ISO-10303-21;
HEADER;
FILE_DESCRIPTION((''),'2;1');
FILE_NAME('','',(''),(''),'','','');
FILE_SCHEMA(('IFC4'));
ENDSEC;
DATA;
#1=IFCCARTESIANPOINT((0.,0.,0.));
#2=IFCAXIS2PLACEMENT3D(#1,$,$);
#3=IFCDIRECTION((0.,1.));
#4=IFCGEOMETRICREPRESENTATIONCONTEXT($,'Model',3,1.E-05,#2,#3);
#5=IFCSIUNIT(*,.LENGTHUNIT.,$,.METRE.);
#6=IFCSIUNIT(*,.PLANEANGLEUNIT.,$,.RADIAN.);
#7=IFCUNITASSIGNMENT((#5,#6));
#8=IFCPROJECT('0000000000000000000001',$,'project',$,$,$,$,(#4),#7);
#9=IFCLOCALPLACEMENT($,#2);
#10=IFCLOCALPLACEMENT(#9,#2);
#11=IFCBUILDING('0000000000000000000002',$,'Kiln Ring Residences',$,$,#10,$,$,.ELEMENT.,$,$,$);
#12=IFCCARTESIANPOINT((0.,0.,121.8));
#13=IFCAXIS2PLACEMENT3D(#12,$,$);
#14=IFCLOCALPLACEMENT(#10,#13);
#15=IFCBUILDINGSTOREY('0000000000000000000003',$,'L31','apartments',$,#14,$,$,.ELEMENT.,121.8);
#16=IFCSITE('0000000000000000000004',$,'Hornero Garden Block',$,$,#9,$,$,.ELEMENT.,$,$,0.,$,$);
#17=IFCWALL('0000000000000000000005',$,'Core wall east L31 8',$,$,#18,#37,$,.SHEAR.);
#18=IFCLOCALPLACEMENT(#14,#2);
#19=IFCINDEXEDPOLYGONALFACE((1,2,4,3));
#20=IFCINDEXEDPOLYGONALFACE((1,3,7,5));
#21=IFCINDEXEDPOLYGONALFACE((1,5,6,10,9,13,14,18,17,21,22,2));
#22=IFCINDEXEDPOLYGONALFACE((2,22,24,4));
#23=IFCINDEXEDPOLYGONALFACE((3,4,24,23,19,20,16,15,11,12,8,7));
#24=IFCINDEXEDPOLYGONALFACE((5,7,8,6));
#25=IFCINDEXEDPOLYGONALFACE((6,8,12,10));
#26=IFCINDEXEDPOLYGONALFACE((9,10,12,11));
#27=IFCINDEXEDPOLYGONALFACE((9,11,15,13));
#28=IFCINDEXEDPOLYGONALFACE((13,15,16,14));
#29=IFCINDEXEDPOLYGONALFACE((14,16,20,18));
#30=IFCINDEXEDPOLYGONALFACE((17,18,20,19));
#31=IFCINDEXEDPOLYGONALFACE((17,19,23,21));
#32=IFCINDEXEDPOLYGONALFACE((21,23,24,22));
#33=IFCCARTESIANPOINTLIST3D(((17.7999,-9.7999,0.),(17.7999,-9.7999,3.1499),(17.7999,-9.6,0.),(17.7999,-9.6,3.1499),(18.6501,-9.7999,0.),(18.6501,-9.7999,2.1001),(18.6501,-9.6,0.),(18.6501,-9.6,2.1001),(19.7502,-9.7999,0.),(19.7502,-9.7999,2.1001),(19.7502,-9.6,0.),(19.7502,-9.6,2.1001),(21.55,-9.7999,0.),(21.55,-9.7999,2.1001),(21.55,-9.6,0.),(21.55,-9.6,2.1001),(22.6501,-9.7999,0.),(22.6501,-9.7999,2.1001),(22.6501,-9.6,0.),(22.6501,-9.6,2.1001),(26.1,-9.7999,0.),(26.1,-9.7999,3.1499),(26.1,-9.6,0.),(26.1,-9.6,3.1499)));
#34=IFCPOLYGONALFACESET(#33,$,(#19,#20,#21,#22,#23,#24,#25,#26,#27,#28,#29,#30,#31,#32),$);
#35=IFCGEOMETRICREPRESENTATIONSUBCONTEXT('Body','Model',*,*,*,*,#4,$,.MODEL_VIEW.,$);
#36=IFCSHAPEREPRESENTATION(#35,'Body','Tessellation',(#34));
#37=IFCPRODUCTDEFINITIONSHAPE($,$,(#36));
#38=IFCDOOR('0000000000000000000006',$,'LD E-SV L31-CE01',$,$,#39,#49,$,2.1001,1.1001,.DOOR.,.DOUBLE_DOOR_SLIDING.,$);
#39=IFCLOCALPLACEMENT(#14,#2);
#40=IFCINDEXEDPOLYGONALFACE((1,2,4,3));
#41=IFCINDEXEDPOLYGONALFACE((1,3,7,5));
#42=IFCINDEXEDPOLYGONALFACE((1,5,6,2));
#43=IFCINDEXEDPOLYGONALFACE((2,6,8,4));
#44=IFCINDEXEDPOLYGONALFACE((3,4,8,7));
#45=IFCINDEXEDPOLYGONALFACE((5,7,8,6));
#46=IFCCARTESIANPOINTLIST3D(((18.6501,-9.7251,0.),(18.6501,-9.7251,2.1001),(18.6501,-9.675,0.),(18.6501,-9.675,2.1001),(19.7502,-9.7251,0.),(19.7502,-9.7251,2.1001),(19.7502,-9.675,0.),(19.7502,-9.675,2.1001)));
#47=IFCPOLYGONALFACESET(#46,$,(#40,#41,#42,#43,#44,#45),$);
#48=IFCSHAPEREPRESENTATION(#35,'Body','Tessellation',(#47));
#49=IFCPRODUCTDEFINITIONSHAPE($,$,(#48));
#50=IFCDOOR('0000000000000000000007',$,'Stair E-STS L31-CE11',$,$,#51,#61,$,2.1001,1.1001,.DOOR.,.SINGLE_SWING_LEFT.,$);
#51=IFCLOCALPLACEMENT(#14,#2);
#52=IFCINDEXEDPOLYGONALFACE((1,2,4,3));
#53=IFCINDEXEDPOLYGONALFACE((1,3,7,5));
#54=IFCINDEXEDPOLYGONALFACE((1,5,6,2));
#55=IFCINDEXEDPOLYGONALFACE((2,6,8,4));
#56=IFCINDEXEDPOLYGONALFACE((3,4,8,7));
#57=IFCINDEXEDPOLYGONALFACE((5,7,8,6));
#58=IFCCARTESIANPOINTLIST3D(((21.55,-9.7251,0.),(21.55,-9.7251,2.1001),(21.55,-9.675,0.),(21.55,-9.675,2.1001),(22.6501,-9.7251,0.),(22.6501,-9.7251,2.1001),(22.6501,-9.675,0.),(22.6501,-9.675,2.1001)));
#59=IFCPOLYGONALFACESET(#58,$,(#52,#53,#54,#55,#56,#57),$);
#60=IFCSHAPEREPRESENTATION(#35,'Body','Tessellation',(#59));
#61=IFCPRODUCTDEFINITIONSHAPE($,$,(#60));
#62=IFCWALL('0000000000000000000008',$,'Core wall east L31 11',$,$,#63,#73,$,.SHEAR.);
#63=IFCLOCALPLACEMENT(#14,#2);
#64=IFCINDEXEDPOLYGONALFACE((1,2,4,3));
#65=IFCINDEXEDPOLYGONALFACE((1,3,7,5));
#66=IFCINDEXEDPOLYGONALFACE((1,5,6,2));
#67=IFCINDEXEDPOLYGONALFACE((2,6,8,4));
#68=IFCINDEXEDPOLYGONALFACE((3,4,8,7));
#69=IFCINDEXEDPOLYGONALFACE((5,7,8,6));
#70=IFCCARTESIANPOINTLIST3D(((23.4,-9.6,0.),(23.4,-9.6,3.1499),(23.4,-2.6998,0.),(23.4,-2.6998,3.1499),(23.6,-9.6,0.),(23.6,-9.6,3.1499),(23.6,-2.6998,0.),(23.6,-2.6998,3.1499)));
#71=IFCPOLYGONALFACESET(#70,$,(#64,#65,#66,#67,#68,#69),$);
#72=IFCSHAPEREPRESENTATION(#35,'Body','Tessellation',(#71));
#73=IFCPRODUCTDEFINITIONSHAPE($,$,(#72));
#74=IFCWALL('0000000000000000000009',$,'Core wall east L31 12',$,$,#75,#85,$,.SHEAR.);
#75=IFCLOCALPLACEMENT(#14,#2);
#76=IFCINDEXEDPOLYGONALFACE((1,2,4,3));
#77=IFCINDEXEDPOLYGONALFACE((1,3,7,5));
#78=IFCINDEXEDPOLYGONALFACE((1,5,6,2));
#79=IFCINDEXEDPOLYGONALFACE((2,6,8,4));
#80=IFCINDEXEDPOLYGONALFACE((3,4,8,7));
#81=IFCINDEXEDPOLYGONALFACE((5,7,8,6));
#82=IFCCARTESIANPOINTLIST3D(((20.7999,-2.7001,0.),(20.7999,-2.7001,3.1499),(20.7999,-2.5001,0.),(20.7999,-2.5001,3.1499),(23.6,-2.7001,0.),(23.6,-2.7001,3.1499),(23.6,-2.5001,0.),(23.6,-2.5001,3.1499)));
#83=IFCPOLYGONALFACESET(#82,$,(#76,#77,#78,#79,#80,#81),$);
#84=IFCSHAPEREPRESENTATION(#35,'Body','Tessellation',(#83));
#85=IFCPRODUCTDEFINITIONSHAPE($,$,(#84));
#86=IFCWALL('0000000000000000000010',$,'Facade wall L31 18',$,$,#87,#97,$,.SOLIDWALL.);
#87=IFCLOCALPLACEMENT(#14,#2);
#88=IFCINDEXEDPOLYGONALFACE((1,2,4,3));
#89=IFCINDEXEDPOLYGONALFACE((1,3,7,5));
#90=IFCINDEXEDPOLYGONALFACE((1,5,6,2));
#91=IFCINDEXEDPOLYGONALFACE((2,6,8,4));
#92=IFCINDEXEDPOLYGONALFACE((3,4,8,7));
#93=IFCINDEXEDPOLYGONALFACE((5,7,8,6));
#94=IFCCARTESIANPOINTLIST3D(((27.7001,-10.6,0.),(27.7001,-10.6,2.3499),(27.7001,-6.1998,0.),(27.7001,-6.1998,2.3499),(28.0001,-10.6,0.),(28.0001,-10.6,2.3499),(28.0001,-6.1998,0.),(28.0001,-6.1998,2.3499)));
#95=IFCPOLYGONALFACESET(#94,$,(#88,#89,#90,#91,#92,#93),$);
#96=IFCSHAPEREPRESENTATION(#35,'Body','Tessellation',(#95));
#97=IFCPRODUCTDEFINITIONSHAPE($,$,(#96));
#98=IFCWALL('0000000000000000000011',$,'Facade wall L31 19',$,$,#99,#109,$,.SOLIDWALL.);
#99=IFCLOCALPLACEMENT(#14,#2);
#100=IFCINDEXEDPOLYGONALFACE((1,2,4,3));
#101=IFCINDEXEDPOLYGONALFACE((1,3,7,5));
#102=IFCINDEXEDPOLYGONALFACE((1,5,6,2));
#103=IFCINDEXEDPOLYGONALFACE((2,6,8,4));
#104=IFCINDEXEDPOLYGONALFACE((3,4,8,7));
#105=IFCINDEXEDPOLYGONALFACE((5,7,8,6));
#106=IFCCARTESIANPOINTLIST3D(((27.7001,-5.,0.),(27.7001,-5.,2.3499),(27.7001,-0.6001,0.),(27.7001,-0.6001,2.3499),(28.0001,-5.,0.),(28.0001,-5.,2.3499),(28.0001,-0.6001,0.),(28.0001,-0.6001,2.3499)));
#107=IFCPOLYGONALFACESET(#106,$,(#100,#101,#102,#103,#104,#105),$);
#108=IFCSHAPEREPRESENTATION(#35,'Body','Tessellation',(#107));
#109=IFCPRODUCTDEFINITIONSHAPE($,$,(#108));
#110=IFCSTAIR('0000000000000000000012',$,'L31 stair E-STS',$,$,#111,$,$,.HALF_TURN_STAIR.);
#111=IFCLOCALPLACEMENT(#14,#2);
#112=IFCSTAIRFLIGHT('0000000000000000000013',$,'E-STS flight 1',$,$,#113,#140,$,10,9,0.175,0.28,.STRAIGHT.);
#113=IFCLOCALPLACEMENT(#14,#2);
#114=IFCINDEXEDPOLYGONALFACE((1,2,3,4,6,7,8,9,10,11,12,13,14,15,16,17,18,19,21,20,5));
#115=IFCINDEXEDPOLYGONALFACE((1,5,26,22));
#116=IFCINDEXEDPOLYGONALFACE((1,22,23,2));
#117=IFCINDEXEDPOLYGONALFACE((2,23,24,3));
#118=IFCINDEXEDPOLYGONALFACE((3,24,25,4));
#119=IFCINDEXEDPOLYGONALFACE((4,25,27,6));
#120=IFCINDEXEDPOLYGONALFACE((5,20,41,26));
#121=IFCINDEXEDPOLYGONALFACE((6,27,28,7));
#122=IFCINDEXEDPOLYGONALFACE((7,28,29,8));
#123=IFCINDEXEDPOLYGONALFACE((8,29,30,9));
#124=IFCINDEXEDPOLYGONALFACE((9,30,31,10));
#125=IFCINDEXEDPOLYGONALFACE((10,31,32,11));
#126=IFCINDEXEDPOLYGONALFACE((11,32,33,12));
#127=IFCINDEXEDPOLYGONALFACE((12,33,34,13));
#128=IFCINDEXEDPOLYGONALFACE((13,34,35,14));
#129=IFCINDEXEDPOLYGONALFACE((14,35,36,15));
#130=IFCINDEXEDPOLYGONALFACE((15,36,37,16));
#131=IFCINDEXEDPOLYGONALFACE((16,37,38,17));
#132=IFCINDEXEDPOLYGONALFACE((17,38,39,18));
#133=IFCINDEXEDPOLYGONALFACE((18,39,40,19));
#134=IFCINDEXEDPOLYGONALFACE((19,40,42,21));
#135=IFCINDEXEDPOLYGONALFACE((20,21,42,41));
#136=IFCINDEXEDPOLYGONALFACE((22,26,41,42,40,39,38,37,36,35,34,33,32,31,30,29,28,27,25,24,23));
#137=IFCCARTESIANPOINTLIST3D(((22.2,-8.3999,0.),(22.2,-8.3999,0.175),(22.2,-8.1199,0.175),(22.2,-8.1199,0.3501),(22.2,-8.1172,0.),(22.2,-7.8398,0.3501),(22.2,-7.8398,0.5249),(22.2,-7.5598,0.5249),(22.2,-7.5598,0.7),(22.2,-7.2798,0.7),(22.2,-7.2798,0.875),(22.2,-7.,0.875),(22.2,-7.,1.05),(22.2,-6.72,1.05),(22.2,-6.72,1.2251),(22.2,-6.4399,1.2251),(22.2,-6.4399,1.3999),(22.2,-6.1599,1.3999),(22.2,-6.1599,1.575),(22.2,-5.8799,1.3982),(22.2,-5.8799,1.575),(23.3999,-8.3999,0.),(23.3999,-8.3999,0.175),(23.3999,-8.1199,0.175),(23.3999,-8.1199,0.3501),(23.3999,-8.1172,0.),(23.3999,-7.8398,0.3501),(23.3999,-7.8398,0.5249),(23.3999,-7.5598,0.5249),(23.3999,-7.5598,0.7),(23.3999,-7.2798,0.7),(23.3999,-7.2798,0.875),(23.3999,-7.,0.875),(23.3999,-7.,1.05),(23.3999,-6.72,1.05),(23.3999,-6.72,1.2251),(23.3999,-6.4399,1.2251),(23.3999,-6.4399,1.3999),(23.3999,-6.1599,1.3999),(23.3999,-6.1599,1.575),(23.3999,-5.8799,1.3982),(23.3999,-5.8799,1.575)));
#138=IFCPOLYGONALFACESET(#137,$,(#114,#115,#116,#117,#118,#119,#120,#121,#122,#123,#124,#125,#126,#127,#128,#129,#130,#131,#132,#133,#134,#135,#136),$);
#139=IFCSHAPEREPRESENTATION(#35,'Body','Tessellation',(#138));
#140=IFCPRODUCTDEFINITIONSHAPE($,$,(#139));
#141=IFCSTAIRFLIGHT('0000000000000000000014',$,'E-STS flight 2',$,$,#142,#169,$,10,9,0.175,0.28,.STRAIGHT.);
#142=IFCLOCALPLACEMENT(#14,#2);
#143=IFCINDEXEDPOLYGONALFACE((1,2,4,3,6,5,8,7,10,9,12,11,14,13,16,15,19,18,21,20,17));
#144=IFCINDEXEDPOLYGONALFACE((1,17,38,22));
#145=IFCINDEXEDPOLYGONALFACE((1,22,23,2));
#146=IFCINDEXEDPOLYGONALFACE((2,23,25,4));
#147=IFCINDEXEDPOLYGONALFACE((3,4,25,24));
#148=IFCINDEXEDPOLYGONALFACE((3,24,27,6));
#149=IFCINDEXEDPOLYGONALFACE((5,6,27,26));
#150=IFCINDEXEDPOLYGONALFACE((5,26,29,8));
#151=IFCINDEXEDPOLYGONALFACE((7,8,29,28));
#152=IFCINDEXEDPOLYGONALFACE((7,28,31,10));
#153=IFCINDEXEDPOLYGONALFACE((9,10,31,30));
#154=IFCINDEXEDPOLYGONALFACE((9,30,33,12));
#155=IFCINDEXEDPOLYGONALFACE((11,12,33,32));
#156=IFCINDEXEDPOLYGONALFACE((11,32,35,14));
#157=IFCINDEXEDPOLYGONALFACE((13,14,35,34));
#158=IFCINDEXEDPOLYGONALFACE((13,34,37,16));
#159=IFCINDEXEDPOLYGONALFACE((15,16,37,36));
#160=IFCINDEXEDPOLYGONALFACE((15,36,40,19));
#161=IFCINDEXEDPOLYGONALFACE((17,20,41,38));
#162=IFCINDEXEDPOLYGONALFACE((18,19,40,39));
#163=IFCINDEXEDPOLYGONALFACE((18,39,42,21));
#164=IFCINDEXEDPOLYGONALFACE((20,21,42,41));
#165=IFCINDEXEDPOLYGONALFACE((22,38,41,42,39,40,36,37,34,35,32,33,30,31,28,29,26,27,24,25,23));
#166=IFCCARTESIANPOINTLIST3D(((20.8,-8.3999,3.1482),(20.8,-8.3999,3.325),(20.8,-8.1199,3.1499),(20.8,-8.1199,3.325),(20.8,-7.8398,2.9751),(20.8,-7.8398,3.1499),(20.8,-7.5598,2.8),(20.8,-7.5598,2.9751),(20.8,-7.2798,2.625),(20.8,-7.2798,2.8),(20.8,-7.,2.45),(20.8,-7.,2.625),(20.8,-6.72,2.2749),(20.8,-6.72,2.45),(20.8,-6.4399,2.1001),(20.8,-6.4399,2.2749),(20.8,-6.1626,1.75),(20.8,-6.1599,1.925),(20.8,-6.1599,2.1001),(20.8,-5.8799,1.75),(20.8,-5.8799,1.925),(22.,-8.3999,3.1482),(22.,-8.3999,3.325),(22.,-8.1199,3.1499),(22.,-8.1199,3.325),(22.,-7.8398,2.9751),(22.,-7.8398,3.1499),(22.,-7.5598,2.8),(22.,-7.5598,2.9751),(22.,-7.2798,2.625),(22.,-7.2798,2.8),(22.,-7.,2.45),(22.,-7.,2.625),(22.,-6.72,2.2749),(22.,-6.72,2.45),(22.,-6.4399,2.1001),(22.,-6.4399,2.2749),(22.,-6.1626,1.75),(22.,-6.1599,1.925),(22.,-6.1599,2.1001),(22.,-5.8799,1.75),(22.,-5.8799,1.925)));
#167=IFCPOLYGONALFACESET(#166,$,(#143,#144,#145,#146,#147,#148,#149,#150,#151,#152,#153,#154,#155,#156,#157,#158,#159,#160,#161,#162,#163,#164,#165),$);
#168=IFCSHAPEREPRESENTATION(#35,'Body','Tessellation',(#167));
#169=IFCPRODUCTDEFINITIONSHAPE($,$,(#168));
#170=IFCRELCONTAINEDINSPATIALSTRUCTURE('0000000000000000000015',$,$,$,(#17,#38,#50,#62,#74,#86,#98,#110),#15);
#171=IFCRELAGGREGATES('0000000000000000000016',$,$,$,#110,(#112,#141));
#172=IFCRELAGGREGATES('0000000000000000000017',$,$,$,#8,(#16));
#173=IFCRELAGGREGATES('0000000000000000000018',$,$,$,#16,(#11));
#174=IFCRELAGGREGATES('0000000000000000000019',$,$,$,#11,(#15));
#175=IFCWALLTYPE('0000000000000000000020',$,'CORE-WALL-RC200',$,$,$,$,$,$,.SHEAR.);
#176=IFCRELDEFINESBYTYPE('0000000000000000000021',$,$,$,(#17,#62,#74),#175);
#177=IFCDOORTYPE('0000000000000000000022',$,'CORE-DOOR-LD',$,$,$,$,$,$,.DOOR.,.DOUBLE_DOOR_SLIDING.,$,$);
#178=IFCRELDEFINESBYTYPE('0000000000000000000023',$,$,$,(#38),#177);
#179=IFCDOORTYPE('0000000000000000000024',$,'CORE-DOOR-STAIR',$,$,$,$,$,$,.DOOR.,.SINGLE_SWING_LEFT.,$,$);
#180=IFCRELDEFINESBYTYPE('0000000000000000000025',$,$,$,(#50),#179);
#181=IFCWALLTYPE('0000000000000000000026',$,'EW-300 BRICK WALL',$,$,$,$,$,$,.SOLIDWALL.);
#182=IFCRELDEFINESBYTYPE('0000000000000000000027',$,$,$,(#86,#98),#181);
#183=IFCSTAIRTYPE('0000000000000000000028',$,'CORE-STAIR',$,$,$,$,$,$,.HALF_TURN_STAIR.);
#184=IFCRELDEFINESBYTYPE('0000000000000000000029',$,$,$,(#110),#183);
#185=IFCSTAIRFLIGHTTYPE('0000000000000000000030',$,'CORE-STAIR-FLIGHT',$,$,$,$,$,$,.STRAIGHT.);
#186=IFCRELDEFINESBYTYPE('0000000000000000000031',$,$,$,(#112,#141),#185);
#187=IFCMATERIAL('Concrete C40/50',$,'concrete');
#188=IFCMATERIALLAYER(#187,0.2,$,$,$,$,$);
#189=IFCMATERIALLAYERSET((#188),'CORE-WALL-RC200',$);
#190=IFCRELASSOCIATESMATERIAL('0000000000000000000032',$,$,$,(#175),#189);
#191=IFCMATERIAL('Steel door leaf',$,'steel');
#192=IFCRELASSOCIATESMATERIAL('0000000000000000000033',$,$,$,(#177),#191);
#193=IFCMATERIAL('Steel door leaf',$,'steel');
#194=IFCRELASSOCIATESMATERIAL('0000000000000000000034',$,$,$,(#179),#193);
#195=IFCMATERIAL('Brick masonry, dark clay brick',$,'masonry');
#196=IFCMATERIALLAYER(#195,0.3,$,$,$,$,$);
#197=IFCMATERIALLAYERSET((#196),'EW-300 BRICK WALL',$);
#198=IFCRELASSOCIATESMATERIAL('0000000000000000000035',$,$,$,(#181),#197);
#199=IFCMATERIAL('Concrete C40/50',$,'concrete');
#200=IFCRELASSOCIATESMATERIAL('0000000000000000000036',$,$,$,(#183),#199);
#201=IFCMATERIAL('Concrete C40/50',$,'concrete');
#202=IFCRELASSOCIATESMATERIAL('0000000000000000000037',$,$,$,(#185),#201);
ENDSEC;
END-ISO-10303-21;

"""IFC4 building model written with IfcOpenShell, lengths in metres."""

from ifc_helpers import new_model, si_unit, direction, frame, frame_2d, origin, place, context, subcontext, project, spatial, polyline, rectangle, outline, extrude, material, layer, layer_set, type_object, element, fill, aggregate, save


model = new_model("IFC4")

# Units and contexts
model_context = context("Model", 3, precision=1e-05, world=origin(), true_north=direction((0.0, 1.0)))
body_context = subcontext(model_context, "Body", "Model", "MODEL_VIEW")
ifc_project = project(units=[si_unit("LENGTHUNIT", "METRE"), si_unit("PLANEANGLEUNIT", "RADIAN")], contexts=[model_context])

# Site, building, storey
site_placement = place(None, origin())
site = spatial("IfcSite", under=ifc_project, at=site_placement, Name="Hornero Garden Block", CompositionType="ELEMENT", RefElevation=0.0)
building_placement = place(site_placement, origin())
building = spatial("IfcBuilding", under=site, at=building_placement, Name="Kiln Ring Residences", CompositionType="ELEMENT")
storey_placement = place(building_placement, frame((0.0, 0.0, 121.8)))
storey = spatial("IfcBuildingStorey", under=building, at=storey_placement, Name="L31", Description="apartments", CompositionType="ELEMENT", Elevation=121.8)

# Shared definitions
ifc_material_1 = material(Name="Concrete C40/50", Category="concrete")
ifc_layer_1 = layer(ifc_material_1, 0.2)
ifc_layer_set_1 = layer_set([ifc_layer_1], Name="CORE-WALL-RC200")
wall_type_1 = type_object("IfcWallType", Name="CORE-WALL-RC200", PredefinedType="SHEAR", material=ifc_layer_set_1)

# Wall, openings, doors
wall_1_placement = place(storey_placement, frame((17.8, -9.7, 0.0), z_axis=(0.0, 0.0, 1.0), x_axis=(1.0, 0.0, 0.0)))
wall_1 = element("IfcWall", 1, at=wall_1_placement, inside=storey, type_object=wall_type_1, Name="Core wall east L31 8", PredefinedType="SHEAR", context=body_context, shape_type="SweptSolid", body=[
    extrude(rectangle(XDim=8.3, YDim=0.2, at=frame_2d((4.1499, 0.0))), origin(), (0.0, 0.0, 1.0), 3.1499),
])
opening_1_placement = place(wall_1_placement, frame((0.8501, 0.0, 0.0)))
opening_1 = element("IfcOpeningElement", 2, at=opening_1_placement, cuts=wall_1, PredefinedType="OPENING", context=body_context, shape_type="SweptSolid", body=[
    extrude(rectangle(XDim=1.1001, YDim=2.1001, at=frame_2d((0.55, 1.05))), frame((0.0, 0.1099, 0.0), z_axis=(0.0, -1.0, 0.0), x_axis=(1.0, 0.0, 0.0)), (0.0, 0.0, 1.0), 0.22),
])
opening_2_placement = place(wall_1_placement, frame((3.75, 0.0, 0.0)))
opening_2 = element("IfcOpeningElement", 3, at=opening_2_placement, cuts=wall_1, PredefinedType="OPENING", context=body_context, shape_type="SweptSolid", body=[
    extrude(rectangle(XDim=1.1001, YDim=2.1001, at=frame_2d((0.55, 1.05))), frame((0.0, 0.1099, 0.0), z_axis=(0.0, -1.0, 0.0), x_axis=(1.0, 0.0, 0.0)), (0.0, 0.0, 1.0), 0.22),
])
ifc_material_2 = material(Name="Steel door leaf", Category="steel")
door_type_1 = type_object("IfcDoorType", Name="CORE-DOOR-LD", OperationType="DOUBLE_DOOR_SLIDING", PredefinedType="DOOR", material=ifc_material_2)
door_1_placement = place(opening_1_placement, origin())
door_1 = element("IfcDoor", 4, at=door_1_placement, inside=storey, type_object=door_type_1, Name="LD E-SV L31-CE01", OperationType="DOUBLE_DOOR_SLIDING", OverallHeight=2.1001, OverallWidth=1.1001, PredefinedType="DOOR", context=body_context, shape_type="SweptSolid", body=[
    extrude(rectangle(XDim=1.1001, YDim=2.1001, at=frame_2d((0.55, 1.05))), frame((0.0, 0.0249, 0.0), z_axis=(0.0, -1.0, 0.0), x_axis=(1.0, 0.0, 0.0)), (0.0, 0.0, 1.0), 0.05),
])
fill(opening_1, door_1)
ifc_material_3 = material(Name="Steel door leaf", Category="steel")
door_type_2 = type_object("IfcDoorType", Name="CORE-DOOR-STAIR", OperationType="SINGLE_SWING_LEFT", PredefinedType="DOOR", material=ifc_material_3)
door_2_placement = place(opening_2_placement, origin())
door_2 = element("IfcDoor", 5, at=door_2_placement, inside=storey, type_object=door_type_2, Name="Stair E-STS L31-CE11", OperationType="SINGLE_SWING_LEFT", OverallHeight=2.1001, OverallWidth=1.1001, PredefinedType="DOOR", context=body_context, shape_type="SweptSolid", body=[
    extrude(rectangle(XDim=1.1001, YDim=2.1001, at=frame_2d((0.55, 1.05))), frame((0.0, 0.0249, 0.0), z_axis=(0.0, -1.0, 0.0), x_axis=(1.0, 0.0, 0.0)), (0.0, 0.0, 1.0), 0.05),
])
fill(opening_2, door_2)

# Walls
wall_2_placement = place(storey_placement, frame((23.5, -9.6001, 0.0), z_axis=(0.0, 0.0, 1.0), x_axis=(0.0, 1.0, 0.0)))
element("IfcWall", 6, at=wall_2_placement, inside=storey, type_object=wall_type_1, Name="Core wall east L31 11", PredefinedType="SHEAR", context=body_context, shape_type="SweptSolid", body=[
    extrude(rectangle(XDim=6.9001, YDim=0.2, at=frame_2d((3.4502, 0.0))), origin(), (0.0, 0.0, 1.0), 3.1499),
])
wall_3_placement = place(storey_placement, frame((20.8, -2.6001, 0.0), z_axis=(0.0, 0.0, 1.0), x_axis=(1.0, 0.0, 0.0)))
element("IfcWall", 7, at=wall_3_placement, inside=storey, type_object=wall_type_1, Name="Core wall east L31 12", PredefinedType="SHEAR", context=body_context, shape_type="SweptSolid", body=[
    extrude(rectangle(XDim=2.8, YDim=0.2, at=frame_2d((1.3999, 0.0))), origin(), (0.0, 0.0, 1.0), 3.1499),
])
ifc_material_4 = material(Name="Brick masonry, dark clay brick", Category="masonry")
ifc_layer_2 = layer(ifc_material_4, 0.3)
ifc_layer_set_2 = layer_set([ifc_layer_2], Name="EW-300 BRICK WALL")
wall_type_2 = type_object("IfcWallType", Name="EW-300 BRICK WALL", PredefinedType="SOLIDWALL", material=ifc_layer_set_2)
wall_4_placement = place(storey_placement, frame((27.8501, -10.6001, 0.0), z_axis=(0.0, 0.0, 1.0), x_axis=(0.0, 1.0, 0.0)))
element("IfcWall", 8, at=wall_4_placement, inside=storey, type_object=wall_type_2, Name="Facade wall L31 18", PredefinedType="SOLIDWALL", context=body_context, shape_type="SweptSolid", body=[
    extrude(rectangle(XDim=4.4001, YDim=0.3, at=frame_2d((2.2002, 0.0))), origin(), (0.0, 0.0, 1.0), 2.3499),
])
wall_5_placement = place(storey_placement, frame((27.8501, -5.0, 0.0), z_axis=(0.0, 0.0, 1.0), x_axis=(0.0, 1.0, 0.0)))
element("IfcWall", 9, at=wall_5_placement, inside=storey, type_object=wall_type_2, Name="Facade wall L31 19", PredefinedType="SOLIDWALL", context=body_context, shape_type="SweptSolid", body=[
    extrude(rectangle(XDim=4.3999, YDim=0.3, at=frame_2d((2.2, 0.0))), origin(), (0.0, 0.0, 1.0), 2.3499),
])

# Stair, stair flights
ifc_material_5 = material(Name="Concrete C40/50", Category="concrete")
stair_type = type_object("IfcStairType", Name="CORE-STAIR", PredefinedType="HALF_TURN_STAIR", material=ifc_material_5)
stair_placement = place(storey_placement, origin())
stair = element("IfcStair", 10, at=stair_placement, inside=storey, type_object=stair_type, Name="L31 stair E-STS", PredefinedType="HALF_TURN_STAIR")
ifc_material_6 = material(Name="Concrete C40/50", Category="concrete")
stair_flight_type = type_object("IfcStairFlightType", Name="CORE-STAIR-FLIGHT", PredefinedType="STRAIGHT", material=ifc_material_6)
stair_flight_1_placement = place(storey_placement, frame((22.8, -8.3999, 0.0), z_axis=(0.0, 0.0, 1.0), x_axis=(0.0, 1.0, 0.0)))
stair_flight_1 = element("IfcStairFlight", 11, at=stair_flight_1_placement, type_object=stair_flight_type, Name="E-STS flight 1", NumberOfRisers=10, NumberOfTreads=9, PredefinedType="STRAIGHT", RiserHeight=0.175, TreadLength=0.28, context=body_context, shape_type="SweptSolid", body=[
    extrude(outline(polyline([(0.0, 0.0), (0.0, 0.175), (0.28, 0.175), (0.28, 0.3501), (0.5601, 0.3501), (0.5601, 0.5249), (0.8401, 0.5249), (0.8401, 0.7), (1.1201, 0.7), (1.1201, 0.875), (1.3999, 0.875), (1.3999, 1.05), (1.6799, 1.05), (1.6799, 1.2251), (1.96, 1.2251), (1.96, 1.3999), (2.24, 1.3999), (2.24, 1.575), (2.52, 1.575), (2.52, 1.75), (2.52, 1.3982), (0.2827, 0.0), (0.0, 0.0)])), frame((0.0, 0.6001, 0.0), z_axis=(0.0, -1.0, 0.0), x_axis=(1.0, 0.0, 0.0)), (0.0, 0.0, 1.0), 1.2),
])
stair_flight_2_placement = place(storey_placement, frame((21.3999, -5.8799, 1.75), z_axis=(0.0, 0.0, 1.0), x_axis=(0.0, -1.0, 0.0)))
stair_flight_2 = element("IfcStairFlight", 12, at=stair_flight_2_placement, type_object=stair_flight_type, Name="E-STS flight 2", NumberOfRisers=10, NumberOfTreads=9, PredefinedType="STRAIGHT", RiserHeight=0.175, TreadLength=0.28, context=body_context, shape_type="SweptSolid", body=[
    extrude(outline(polyline([(0.0, 0.0), (0.0, 0.175), (0.28, 0.175), (0.28, 0.3501), (0.5601, 0.3501), (0.5601, 0.5249), (0.8401, 0.5249), (0.8401, 0.7), (1.1201, 0.7), (1.1201, 0.875), (1.3999, 0.875), (1.3999, 1.05), (1.6799, 1.05), (1.6799, 1.2251), (1.96, 1.2251), (1.96, 1.3999), (2.24, 1.3999), (2.24, 1.575), (2.52, 1.575), (2.52, 1.75), (2.52, 1.3982), (0.2827, 0.0), (0.0, 0.0)])), frame((0.0, 0.6001, 0.0), z_axis=(0.0, -1.0, 0.0), x_axis=(1.0, 0.0, 0.0)), (0.0, 0.0, 1.0), 1.2),
])
aggregate(stair, [stair_flight_1, stair_flight_2])

save(model, "model.ifc")
